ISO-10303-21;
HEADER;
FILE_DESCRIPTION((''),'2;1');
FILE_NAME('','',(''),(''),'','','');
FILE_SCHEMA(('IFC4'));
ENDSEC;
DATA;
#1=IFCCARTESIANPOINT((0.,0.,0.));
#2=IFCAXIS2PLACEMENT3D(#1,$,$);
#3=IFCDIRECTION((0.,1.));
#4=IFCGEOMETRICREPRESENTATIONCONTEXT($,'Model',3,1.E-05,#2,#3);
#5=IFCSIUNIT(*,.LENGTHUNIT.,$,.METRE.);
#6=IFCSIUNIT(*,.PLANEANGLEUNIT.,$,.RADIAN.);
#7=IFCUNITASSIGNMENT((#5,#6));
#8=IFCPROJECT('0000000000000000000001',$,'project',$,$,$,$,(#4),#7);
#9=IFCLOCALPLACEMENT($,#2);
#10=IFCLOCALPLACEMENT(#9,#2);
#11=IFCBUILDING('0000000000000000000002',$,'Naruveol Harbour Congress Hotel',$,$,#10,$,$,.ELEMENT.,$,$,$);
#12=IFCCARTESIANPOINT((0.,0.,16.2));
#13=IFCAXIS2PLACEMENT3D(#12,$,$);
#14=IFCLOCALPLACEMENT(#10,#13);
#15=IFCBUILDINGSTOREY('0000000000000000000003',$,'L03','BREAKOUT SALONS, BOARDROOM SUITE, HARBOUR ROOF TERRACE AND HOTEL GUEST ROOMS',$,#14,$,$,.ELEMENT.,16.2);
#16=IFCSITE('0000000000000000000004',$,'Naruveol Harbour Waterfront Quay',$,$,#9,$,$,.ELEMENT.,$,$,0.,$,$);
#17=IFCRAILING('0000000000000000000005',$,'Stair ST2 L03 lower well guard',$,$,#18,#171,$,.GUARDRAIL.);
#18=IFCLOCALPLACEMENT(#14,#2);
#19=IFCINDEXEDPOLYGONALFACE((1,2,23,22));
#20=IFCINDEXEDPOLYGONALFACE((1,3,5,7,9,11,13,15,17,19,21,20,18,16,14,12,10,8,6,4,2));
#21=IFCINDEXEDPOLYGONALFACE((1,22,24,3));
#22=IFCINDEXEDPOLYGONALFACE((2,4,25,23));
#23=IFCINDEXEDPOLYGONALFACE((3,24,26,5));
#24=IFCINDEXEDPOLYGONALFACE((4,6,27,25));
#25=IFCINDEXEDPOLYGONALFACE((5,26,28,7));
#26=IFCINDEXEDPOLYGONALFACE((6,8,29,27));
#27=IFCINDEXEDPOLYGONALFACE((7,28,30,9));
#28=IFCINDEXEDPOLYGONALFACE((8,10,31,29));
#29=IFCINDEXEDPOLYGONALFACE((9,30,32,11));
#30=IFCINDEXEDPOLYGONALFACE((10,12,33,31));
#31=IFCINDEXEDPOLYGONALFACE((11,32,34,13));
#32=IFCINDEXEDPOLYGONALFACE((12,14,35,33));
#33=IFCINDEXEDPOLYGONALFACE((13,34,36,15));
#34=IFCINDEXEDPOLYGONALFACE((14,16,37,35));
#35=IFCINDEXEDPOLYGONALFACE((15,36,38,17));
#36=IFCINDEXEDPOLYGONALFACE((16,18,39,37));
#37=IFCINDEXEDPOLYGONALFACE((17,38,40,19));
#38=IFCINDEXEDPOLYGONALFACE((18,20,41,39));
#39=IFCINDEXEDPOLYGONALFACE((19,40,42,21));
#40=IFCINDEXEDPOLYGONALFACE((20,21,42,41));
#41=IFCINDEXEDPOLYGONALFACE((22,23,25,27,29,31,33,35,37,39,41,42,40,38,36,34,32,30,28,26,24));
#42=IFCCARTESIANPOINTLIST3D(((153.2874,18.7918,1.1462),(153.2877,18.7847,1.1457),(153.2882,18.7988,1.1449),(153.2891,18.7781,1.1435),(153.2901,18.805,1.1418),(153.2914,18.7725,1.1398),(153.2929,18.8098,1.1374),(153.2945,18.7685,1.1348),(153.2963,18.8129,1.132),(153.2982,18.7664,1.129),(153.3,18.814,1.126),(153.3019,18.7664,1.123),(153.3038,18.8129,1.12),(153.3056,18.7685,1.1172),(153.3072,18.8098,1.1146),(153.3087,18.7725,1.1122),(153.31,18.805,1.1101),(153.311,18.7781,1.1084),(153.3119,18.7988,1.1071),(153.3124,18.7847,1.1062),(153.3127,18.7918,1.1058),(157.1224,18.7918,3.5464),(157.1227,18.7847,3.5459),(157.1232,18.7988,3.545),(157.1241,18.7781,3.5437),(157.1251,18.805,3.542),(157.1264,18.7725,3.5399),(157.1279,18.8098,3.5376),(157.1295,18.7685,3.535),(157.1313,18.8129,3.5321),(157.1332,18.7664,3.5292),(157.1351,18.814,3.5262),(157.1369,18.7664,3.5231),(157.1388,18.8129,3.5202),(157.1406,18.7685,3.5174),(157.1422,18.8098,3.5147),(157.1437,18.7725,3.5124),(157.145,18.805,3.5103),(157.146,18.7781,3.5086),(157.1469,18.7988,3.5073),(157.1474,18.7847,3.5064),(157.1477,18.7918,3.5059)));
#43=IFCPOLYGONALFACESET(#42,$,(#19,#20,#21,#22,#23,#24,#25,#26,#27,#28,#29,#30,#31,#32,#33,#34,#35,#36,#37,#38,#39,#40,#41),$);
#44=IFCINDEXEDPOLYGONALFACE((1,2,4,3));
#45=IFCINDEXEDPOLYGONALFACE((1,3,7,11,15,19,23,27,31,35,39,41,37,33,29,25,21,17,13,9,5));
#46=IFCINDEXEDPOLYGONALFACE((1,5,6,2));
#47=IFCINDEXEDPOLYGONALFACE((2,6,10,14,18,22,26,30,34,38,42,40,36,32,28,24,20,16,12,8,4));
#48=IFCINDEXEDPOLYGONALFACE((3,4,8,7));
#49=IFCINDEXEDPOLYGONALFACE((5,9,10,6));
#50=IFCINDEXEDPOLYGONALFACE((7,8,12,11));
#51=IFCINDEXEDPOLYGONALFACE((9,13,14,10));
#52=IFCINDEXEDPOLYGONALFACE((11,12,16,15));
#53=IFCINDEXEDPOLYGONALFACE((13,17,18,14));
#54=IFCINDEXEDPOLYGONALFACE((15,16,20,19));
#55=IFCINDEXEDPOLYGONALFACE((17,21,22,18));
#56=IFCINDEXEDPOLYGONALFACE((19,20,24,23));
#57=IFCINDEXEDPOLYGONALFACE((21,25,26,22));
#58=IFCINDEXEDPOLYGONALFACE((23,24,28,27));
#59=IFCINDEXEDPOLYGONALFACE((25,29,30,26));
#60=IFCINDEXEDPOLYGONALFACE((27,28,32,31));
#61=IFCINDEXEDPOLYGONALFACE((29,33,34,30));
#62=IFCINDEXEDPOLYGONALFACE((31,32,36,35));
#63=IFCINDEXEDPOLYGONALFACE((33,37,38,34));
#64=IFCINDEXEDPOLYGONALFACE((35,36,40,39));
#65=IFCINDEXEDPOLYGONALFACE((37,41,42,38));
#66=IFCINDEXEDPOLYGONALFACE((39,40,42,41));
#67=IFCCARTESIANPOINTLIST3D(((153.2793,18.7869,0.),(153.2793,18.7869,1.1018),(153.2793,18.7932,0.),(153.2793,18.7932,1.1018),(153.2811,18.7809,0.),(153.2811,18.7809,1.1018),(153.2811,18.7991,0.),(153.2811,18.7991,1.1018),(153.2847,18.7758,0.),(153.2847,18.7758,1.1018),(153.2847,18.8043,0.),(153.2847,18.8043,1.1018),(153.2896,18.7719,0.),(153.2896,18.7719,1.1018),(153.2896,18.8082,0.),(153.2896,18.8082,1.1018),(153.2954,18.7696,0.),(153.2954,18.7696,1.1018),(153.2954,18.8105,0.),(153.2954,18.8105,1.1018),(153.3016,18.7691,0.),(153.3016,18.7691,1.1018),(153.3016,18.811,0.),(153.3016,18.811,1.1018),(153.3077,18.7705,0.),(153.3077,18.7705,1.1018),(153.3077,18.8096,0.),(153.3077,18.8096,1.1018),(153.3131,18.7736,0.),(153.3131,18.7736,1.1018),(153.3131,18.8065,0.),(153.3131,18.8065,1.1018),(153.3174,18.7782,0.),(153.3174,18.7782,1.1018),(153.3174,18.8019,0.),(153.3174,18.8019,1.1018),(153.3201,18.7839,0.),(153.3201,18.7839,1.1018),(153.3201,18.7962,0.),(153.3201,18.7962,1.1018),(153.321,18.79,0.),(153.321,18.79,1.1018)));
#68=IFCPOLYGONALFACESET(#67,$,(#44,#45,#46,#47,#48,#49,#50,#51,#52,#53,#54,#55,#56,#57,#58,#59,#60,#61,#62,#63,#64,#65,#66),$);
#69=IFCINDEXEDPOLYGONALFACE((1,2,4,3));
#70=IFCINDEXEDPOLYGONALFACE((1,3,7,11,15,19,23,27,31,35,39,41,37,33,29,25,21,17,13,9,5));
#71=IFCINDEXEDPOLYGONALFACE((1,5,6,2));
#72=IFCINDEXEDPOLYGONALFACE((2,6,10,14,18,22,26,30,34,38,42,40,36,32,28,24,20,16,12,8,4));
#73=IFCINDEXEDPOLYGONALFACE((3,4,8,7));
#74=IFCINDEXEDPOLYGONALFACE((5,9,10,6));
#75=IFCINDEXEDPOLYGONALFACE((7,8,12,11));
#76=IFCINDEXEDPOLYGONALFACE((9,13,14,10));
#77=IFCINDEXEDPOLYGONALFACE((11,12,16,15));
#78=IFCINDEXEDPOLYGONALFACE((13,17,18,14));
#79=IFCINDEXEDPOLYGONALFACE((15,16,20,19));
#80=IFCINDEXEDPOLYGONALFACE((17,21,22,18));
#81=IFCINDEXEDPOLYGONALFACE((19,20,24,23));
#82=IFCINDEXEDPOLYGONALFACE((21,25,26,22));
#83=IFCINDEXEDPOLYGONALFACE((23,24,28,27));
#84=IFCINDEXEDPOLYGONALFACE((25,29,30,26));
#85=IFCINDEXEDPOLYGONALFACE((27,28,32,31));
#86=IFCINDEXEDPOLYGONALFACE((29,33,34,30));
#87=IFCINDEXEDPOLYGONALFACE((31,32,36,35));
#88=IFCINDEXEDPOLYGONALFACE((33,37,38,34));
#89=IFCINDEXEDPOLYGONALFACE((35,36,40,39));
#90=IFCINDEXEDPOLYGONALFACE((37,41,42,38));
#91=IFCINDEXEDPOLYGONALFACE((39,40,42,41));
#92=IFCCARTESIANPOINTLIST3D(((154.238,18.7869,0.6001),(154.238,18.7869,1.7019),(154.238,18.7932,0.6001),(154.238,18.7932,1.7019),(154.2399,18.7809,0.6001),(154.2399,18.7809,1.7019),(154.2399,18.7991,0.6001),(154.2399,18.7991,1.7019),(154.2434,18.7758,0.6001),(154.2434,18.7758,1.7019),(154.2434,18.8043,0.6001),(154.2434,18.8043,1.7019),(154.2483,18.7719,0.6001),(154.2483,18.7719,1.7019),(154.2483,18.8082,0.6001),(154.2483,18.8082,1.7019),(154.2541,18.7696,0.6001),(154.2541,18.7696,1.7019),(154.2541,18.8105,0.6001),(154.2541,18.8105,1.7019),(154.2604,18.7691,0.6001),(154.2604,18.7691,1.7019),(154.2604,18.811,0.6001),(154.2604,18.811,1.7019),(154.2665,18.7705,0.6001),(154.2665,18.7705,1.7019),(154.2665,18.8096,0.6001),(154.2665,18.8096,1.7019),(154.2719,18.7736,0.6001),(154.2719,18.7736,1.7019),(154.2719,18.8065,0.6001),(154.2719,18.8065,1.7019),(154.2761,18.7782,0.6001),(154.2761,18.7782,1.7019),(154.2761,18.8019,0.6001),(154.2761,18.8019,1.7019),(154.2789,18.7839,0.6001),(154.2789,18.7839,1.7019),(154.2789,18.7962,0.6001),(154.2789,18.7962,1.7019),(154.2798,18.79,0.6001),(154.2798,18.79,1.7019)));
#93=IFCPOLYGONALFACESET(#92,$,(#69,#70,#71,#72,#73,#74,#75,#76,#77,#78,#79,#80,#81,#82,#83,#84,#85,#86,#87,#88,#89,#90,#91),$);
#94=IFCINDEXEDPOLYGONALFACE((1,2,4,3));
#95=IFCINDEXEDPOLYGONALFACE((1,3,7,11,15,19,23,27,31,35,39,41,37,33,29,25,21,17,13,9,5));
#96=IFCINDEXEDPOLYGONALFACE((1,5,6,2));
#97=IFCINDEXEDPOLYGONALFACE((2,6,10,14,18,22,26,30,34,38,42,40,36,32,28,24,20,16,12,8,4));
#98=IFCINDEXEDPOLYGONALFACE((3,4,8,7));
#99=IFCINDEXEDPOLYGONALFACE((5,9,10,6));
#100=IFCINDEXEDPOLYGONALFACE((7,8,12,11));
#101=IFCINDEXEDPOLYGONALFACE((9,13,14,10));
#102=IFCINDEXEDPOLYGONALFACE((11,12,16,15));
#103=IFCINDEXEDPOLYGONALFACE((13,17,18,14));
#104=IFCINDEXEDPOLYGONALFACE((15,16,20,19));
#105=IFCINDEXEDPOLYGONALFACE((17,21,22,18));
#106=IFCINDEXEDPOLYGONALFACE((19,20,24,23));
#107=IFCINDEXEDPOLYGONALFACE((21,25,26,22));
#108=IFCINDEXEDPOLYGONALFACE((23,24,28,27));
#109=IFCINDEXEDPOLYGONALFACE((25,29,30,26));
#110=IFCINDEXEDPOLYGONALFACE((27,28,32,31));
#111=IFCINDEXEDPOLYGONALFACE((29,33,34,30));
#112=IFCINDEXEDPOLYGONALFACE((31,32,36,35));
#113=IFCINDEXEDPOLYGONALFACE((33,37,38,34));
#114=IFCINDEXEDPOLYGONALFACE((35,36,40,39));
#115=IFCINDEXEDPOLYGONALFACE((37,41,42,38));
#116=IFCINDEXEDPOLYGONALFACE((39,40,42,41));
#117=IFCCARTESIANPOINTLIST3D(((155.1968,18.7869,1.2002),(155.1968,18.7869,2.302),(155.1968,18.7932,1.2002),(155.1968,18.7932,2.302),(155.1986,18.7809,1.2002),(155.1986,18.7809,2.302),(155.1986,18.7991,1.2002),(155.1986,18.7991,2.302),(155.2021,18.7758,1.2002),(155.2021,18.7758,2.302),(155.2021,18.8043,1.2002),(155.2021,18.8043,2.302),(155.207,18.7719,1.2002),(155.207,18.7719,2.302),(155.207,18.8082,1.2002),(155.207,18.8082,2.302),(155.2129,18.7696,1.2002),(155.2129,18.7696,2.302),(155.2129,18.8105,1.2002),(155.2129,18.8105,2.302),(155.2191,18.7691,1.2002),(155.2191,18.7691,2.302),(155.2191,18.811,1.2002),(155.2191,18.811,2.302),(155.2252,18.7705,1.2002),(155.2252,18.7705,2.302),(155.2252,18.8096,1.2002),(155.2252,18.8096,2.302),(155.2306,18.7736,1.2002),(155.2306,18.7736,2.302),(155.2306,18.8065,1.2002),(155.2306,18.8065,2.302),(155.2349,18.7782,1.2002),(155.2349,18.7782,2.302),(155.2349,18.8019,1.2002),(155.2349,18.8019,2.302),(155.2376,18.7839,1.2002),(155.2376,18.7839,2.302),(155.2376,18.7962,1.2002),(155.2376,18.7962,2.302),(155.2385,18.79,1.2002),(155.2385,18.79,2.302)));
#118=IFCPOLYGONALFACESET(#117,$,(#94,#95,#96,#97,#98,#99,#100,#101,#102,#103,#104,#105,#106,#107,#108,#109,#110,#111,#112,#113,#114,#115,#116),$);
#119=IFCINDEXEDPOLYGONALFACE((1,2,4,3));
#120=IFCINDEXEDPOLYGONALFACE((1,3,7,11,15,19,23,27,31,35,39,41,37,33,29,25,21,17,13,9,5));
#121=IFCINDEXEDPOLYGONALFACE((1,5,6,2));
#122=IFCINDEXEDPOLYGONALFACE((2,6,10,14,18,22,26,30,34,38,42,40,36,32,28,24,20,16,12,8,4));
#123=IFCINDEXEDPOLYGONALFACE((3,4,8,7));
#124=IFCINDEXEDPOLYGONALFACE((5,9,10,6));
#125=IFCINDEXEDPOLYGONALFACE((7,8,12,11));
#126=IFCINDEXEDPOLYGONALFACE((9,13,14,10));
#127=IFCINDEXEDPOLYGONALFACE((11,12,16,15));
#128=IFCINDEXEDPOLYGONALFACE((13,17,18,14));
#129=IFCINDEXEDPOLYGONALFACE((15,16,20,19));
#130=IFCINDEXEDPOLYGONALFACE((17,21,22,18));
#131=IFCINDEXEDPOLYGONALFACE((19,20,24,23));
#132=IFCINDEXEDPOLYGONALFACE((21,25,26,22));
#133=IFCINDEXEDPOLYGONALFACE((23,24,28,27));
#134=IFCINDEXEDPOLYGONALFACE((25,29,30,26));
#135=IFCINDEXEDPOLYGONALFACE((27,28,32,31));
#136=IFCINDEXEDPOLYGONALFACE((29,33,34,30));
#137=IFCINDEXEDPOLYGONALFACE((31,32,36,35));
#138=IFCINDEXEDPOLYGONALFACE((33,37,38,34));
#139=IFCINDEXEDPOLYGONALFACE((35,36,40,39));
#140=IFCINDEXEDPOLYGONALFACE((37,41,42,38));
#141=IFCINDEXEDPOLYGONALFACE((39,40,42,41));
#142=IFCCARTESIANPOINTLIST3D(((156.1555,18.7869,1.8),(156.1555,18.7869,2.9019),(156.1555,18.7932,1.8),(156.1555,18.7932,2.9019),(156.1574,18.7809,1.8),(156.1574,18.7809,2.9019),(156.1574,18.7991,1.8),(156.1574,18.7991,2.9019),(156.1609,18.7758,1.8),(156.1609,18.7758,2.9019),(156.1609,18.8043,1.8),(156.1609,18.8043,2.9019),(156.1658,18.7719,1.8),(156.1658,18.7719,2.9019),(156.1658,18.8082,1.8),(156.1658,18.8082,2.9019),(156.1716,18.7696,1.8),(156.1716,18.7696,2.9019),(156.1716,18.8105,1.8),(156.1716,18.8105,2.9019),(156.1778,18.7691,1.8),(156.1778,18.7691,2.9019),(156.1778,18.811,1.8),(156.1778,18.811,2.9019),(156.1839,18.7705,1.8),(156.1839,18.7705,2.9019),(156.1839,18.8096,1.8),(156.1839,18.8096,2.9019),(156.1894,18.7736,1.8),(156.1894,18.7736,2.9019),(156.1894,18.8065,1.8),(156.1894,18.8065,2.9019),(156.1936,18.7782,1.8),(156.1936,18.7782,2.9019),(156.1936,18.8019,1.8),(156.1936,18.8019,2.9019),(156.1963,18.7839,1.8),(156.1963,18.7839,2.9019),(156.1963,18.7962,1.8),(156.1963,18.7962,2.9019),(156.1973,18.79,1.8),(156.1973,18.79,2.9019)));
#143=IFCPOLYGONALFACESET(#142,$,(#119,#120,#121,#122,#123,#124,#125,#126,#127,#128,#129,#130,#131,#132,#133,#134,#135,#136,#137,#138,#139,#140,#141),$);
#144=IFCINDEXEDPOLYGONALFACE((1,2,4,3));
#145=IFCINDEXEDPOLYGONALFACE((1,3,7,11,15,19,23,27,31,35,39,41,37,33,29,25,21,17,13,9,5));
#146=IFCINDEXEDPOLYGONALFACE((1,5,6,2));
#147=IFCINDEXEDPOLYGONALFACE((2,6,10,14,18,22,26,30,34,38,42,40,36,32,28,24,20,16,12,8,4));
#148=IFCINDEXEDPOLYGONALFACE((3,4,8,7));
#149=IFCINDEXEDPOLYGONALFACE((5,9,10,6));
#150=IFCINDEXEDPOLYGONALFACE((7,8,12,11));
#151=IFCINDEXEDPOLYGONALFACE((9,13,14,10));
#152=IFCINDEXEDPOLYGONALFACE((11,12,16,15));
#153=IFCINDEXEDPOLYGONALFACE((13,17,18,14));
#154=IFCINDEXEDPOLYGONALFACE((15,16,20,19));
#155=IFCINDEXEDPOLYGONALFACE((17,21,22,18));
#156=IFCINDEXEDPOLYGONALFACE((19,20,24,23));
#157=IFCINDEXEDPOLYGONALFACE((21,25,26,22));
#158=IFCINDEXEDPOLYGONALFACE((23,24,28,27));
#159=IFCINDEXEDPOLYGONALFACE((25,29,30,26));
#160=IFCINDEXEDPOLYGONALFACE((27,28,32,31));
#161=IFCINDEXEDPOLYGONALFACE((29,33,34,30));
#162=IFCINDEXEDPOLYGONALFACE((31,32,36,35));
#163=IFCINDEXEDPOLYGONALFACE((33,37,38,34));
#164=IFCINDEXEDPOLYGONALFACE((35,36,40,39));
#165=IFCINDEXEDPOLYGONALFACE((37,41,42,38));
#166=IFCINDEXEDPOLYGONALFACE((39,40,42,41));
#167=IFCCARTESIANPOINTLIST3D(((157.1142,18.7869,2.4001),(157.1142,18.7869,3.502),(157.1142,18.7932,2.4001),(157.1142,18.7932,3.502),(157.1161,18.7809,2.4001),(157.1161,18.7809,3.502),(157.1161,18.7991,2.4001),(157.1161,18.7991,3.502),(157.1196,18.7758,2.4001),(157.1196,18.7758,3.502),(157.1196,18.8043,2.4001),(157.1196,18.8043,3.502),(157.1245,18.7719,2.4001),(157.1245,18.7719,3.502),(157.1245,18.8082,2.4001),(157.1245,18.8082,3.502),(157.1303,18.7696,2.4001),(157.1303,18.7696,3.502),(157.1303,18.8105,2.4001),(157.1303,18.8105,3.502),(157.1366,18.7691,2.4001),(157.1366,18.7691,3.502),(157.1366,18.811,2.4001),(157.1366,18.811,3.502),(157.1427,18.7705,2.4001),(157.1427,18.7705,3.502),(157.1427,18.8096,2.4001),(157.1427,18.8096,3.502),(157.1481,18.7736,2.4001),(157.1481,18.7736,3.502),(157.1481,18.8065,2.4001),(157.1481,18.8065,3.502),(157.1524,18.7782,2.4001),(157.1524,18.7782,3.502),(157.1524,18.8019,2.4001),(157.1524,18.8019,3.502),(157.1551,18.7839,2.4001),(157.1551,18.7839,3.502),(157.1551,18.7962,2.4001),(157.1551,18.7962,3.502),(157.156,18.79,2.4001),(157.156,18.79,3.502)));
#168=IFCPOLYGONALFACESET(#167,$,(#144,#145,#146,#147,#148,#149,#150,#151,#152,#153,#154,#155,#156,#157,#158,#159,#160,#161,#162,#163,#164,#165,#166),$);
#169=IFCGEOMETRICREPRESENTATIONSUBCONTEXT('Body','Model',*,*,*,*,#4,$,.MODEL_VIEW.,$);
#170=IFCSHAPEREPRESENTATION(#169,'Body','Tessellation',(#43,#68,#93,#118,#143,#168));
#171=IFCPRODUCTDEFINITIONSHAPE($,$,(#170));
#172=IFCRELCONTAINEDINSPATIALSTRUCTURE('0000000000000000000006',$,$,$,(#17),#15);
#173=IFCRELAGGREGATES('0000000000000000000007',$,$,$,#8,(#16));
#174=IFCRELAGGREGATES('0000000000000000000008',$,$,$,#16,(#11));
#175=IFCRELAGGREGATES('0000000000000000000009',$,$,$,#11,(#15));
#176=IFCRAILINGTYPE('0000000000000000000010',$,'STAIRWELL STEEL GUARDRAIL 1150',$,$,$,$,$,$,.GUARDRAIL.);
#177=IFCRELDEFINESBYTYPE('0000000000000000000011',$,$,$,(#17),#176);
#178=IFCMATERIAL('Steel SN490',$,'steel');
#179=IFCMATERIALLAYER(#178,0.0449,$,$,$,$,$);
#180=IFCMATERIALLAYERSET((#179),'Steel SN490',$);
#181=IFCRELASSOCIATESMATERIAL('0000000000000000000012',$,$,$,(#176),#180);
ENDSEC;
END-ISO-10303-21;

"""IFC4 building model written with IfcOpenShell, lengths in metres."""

from ifc_helpers import new_model, si_unit, direction, frame, origin, origin_2d, place, context, subcontext, project, spatial, circle, extrude, material, layer, layer_set, type_object, element, save


model = new_model("IFC4")

# Units and contexts
model_context = context("Model", 3, precision=1e-05, world=origin(), true_north=direction((0.0, 1.0)))
body_context = subcontext(model_context, "Body", "Model", "MODEL_VIEW")
ifc_project = project(units=[si_unit("LENGTHUNIT", "METRE"), si_unit("PLANEANGLEUNIT", "RADIAN")], contexts=[model_context])

# Site, building, storey
site_placement = place(None, origin())
site = spatial("IfcSite", under=ifc_project, at=site_placement, Name="Naruveol Harbour Waterfront Quay", CompositionType="ELEMENT", RefElevation=0.0)
building_placement = place(site_placement, origin())
building = spatial("IfcBuilding", under=site, at=building_placement, Name="Naruveol Harbour Congress Hotel", CompositionType="ELEMENT")
storey_placement = place(building_placement, frame((0.0, 0.0, 16.2)))
storey = spatial("IfcBuildingStorey", under=building, at=storey_placement, Name="L03", Description="BREAKOUT SALONS, BOARDROOM SUITE, HARBOUR ROOF TERRACE AND HOTEL GUEST ROOMS", CompositionType="ELEMENT", Elevation=16.2)

# Railing
ifc_material_1 = material(Name="Steel SN490", Category="steel")
ifc_layer_1 = layer(ifc_material_1, 0.0449)
ifc_layer_set_1 = layer_set([ifc_layer_1], Name="Steel SN490")
railing_type_1 = type_object("IfcRailingType", Name="STAIRWELL STEEL GUARDRAIL 1150", PredefinedType="GUARDRAIL", material=ifc_layer_set_1)
railing_1_placement = place(storey_placement, frame((153.3, 18.79, 0.0)))
element("IfcRailing", 1, at=railing_1_placement, inside=storey, type_object=railing_type_1, Name="Stair ST2 L03 lower well guard", PredefinedType="GUARDRAIL", context=body_context, shape_type="SweptSolid", body=[
    extrude(circle(Radius=0.0239, at=origin_2d()), frame((0.0, 0.0, 1.126), z_axis=(0.847671, 0.0, 0.530523), x_axis=(0.0, 1.0, 0.0)), (0.0, 0.0, 1.0), 4.5242),
    extrude(circle(Radius=0.021, at=origin_2d()), origin(), (0.0, 0.0, 1.0), 1.1018),
    extrude(circle(Radius=0.021, at=origin_2d()), frame((0.9587, 0.0, 0.6001)), (0.0, 0.0, 1.0), 1.1018),
    extrude(circle(Radius=0.021, at=origin_2d()), frame((1.9175, 0.0, 1.2002)), (0.0, 0.0, 1.0), 1.1018),
    extrude(circle(Radius=0.021, at=origin_2d()), frame((2.8762, 0.0, 1.8)), (0.0, 0.0, 1.0), 1.1018),
    extrude(circle(Radius=0.021, at=origin_2d()), frame((3.835, 0.0, 2.4001)), (0.0, 0.0, 1.0), 1.1018),
])

save(model, "model.ifc")
